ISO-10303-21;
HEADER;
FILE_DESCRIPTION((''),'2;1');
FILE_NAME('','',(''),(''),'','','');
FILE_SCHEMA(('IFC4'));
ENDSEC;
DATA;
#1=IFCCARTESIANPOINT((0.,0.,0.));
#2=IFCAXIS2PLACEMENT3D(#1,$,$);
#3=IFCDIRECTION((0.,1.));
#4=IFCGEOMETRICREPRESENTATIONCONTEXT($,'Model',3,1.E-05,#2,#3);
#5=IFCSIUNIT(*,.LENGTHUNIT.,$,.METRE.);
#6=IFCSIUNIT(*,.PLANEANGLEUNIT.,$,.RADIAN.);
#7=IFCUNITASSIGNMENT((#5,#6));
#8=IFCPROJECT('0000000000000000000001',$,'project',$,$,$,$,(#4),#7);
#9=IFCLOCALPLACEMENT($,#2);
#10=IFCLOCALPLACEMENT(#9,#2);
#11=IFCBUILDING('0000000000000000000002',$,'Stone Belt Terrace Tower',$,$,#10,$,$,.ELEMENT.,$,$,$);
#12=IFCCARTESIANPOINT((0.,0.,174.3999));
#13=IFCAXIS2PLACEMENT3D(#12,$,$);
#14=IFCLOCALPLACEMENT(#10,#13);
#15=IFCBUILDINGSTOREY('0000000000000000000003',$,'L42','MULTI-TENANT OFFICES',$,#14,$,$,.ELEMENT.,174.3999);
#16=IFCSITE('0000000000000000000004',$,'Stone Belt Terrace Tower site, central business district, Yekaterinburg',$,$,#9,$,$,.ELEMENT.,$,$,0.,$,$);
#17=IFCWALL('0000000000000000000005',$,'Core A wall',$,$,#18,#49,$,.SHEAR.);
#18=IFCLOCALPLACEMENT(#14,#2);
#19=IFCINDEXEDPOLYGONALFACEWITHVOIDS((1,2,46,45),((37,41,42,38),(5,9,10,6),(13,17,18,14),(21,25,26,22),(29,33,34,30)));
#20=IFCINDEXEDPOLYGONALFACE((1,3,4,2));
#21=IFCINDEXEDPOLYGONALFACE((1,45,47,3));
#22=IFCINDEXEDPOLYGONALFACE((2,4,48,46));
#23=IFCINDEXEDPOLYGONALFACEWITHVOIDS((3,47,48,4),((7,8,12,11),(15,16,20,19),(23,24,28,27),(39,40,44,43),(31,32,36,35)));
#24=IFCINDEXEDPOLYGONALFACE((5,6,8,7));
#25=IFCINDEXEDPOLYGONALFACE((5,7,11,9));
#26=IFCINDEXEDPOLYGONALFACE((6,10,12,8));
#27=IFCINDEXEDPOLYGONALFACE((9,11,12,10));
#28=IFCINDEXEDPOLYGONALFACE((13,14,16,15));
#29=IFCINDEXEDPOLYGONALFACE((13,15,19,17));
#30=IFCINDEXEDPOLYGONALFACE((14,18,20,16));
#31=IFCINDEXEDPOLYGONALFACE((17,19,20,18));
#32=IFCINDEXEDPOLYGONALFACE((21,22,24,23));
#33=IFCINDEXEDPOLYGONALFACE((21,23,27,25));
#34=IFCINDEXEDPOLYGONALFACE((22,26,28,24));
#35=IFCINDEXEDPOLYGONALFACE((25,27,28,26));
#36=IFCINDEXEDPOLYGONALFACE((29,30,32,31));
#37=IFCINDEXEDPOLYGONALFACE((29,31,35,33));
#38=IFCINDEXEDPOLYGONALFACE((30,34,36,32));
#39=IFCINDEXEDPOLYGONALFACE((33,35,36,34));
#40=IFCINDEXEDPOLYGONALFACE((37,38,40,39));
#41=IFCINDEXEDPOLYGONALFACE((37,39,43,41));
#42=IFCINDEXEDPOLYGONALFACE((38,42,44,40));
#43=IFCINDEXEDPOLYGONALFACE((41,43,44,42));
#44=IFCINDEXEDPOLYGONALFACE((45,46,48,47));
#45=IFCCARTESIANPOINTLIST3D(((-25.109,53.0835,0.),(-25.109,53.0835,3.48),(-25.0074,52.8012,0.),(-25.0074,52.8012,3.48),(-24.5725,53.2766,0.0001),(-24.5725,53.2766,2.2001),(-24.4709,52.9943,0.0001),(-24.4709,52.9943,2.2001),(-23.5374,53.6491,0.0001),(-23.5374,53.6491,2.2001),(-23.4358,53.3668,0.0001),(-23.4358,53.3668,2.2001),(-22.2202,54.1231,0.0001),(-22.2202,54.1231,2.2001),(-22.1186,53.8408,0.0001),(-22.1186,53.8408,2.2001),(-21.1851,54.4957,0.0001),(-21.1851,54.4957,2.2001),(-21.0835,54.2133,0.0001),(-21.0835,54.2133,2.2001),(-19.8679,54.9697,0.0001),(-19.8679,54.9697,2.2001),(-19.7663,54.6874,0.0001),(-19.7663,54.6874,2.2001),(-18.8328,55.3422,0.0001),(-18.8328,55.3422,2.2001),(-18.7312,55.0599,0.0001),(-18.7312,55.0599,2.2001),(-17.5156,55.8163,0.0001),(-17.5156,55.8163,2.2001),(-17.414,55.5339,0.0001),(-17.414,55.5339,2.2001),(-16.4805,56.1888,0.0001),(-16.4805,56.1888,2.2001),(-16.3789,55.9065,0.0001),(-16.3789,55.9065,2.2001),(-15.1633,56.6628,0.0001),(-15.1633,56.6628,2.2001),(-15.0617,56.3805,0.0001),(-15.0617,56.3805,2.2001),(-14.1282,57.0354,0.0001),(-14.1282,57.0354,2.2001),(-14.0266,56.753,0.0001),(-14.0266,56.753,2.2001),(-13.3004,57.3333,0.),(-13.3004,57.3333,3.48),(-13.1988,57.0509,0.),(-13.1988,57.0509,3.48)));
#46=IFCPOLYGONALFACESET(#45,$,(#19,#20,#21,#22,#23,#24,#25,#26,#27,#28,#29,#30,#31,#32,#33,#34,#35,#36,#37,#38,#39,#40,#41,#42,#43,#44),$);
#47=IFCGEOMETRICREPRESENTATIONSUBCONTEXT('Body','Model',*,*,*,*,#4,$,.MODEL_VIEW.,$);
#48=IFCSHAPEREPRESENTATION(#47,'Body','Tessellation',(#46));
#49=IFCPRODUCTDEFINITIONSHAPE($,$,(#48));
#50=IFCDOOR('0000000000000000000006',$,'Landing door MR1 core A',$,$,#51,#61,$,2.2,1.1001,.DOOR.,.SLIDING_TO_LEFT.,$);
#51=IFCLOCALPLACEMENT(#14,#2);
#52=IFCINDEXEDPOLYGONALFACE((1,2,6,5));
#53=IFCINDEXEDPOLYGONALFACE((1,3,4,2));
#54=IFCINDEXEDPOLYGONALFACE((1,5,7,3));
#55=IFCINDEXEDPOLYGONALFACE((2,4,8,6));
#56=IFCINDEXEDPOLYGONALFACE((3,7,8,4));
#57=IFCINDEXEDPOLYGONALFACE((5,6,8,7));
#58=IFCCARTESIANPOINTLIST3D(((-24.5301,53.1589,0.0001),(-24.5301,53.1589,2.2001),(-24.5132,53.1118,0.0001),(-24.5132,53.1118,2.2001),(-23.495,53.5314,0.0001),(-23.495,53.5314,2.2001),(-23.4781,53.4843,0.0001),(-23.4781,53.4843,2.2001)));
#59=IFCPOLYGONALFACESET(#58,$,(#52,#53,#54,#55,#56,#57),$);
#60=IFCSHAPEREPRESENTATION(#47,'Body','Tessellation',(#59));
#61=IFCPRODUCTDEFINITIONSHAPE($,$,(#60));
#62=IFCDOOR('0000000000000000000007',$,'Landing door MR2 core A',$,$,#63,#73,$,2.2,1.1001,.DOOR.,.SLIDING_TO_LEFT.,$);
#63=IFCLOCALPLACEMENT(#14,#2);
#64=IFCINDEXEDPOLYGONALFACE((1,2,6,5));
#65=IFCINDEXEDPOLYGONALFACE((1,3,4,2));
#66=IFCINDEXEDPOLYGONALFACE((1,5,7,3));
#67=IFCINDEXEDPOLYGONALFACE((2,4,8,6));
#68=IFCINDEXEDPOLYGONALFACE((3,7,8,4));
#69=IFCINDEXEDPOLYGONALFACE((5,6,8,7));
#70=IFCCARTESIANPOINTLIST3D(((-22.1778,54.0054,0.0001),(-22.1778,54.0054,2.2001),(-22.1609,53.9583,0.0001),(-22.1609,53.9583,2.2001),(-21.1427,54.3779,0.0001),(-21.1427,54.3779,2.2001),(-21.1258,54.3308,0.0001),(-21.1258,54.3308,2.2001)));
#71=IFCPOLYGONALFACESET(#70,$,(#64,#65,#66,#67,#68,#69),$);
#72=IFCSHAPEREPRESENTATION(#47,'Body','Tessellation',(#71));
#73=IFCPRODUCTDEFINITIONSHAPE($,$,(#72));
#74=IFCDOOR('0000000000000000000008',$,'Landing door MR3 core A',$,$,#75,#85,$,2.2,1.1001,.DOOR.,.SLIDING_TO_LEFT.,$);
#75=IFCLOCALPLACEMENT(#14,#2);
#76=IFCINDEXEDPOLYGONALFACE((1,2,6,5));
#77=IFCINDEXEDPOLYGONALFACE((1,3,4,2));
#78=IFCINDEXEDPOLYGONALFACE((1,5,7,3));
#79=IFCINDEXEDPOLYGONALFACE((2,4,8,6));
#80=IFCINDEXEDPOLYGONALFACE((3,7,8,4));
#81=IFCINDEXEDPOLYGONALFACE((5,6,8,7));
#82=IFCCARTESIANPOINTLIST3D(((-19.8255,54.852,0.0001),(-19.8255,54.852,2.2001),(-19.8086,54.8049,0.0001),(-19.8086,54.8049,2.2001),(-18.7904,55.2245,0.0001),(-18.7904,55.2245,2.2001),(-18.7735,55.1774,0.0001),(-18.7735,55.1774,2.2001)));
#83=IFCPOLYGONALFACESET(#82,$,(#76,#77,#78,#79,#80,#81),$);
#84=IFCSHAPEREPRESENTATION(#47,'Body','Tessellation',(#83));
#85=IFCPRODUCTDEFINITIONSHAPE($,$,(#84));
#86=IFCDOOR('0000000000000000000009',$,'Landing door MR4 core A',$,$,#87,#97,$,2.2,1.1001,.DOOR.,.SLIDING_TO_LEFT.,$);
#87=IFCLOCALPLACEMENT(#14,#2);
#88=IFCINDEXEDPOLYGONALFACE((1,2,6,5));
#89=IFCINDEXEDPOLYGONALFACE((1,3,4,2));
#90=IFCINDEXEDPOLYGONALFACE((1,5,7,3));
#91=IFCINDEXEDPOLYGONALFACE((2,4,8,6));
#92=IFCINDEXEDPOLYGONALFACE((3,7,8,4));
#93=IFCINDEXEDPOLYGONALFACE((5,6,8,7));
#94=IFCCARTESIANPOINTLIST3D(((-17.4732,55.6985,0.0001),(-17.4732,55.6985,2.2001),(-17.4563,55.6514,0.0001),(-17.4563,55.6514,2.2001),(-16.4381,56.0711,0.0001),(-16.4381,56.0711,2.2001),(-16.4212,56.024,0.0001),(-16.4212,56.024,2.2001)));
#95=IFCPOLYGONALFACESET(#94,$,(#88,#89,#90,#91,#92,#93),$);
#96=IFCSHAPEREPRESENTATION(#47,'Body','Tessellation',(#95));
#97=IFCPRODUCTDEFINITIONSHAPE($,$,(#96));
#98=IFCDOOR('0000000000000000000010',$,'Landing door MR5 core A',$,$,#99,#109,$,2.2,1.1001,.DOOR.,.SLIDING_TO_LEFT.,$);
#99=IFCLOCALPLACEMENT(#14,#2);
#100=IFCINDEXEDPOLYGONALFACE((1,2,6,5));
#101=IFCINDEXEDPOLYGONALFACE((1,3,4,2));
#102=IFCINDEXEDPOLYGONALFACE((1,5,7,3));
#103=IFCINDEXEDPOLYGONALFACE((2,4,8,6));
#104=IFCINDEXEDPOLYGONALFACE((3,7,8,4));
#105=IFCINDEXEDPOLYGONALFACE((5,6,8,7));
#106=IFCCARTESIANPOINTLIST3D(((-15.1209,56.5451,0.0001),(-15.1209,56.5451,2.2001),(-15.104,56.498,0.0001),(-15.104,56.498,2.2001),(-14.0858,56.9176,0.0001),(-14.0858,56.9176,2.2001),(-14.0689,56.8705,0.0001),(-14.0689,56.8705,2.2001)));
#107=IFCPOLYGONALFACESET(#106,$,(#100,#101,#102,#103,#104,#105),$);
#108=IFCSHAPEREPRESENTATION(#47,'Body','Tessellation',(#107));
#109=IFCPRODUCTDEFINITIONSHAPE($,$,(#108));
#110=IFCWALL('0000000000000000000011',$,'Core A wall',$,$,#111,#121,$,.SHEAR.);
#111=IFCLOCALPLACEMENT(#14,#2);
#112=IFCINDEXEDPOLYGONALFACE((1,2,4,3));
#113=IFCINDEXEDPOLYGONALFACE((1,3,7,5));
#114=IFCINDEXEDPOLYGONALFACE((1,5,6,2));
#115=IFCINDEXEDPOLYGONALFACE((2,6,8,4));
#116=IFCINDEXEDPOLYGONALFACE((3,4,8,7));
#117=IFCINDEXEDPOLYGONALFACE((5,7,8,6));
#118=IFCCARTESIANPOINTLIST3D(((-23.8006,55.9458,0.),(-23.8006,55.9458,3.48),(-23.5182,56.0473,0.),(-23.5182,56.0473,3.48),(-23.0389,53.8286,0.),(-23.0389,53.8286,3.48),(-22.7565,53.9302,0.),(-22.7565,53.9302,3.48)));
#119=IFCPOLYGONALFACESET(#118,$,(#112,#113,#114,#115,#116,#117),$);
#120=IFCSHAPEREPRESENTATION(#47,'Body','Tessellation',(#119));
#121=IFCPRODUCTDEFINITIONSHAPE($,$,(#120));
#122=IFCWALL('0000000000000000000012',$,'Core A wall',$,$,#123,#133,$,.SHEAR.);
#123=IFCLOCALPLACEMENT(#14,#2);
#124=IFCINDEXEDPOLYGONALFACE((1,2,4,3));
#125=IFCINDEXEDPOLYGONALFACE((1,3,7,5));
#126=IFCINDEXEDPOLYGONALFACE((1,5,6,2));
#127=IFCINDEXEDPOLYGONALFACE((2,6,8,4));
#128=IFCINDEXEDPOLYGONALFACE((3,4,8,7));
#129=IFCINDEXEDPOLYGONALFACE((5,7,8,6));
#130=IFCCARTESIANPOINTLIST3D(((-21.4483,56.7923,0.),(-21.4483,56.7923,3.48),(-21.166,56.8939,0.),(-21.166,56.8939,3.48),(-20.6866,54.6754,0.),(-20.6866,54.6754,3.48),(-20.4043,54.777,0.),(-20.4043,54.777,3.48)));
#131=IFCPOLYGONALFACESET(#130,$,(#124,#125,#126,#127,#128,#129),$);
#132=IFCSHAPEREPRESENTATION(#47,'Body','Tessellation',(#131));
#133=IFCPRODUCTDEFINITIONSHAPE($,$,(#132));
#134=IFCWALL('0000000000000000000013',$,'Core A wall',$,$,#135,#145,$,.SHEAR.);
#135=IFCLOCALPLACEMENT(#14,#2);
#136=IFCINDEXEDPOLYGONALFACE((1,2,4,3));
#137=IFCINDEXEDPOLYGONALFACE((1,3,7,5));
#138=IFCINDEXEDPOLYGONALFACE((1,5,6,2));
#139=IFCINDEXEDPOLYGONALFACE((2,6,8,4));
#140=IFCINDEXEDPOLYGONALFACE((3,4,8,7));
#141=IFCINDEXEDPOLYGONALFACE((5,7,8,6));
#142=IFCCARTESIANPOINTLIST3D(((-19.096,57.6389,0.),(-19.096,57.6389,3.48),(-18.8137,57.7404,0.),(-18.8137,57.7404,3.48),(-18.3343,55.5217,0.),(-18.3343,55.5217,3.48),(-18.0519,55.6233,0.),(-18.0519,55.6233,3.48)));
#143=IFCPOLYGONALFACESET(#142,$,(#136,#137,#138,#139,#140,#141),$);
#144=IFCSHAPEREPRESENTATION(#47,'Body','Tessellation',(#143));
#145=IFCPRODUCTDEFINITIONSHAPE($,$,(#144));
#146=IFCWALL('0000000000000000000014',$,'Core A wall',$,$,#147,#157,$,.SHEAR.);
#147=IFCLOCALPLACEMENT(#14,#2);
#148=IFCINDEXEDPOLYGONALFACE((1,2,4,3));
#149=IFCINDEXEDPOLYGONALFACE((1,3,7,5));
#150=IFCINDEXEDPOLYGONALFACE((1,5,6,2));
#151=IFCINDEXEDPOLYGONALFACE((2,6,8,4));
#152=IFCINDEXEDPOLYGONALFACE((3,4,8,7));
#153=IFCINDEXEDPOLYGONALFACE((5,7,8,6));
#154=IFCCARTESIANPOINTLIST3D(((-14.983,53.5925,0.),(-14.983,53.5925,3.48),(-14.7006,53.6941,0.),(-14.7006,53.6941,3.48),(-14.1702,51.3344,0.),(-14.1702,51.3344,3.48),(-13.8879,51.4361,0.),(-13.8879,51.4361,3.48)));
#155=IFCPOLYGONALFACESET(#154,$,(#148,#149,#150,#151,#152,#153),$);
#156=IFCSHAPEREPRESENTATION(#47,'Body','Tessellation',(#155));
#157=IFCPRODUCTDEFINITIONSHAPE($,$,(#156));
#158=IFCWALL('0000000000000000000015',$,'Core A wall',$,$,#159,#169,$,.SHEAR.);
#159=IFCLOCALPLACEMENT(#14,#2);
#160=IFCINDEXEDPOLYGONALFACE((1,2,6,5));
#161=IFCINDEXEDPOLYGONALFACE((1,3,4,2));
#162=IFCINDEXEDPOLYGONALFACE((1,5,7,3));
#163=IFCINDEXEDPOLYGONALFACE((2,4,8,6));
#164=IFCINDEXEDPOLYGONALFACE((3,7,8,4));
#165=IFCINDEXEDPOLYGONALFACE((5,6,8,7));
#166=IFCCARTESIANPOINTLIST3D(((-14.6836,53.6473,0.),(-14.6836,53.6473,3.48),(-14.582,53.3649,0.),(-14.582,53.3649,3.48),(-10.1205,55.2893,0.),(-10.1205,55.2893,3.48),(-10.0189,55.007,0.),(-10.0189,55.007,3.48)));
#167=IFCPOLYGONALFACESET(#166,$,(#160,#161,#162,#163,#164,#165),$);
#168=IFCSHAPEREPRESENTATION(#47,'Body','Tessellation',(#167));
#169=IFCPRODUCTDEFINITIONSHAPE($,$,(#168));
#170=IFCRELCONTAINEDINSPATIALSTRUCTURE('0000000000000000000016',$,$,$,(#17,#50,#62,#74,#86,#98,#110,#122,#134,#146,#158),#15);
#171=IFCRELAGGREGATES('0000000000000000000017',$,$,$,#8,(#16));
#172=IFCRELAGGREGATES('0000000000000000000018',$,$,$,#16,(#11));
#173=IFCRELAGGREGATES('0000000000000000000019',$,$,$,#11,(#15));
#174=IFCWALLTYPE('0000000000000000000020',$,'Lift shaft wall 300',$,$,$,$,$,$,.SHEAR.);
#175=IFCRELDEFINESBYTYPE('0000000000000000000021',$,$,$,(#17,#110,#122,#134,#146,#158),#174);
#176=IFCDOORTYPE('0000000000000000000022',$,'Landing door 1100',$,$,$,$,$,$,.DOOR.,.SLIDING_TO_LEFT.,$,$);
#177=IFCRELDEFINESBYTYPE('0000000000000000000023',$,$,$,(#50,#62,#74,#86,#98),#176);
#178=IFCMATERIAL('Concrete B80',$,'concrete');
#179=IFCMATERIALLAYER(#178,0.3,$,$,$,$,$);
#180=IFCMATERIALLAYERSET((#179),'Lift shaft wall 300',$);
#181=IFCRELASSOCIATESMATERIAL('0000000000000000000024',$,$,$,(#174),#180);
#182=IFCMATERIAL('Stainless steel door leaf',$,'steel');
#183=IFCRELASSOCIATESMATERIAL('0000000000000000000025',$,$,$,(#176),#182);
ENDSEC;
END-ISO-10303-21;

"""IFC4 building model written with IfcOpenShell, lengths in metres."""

from ifc_helpers import new_model, si_unit, direction, frame, frame_2d, origin, place, context, subcontext, project, spatial, rectangle, extrude, material, layer, layer_set, type_object, element, fill, save


model = new_model("IFC4")

# Units and contexts
model_context = context("Model", 3, precision=1e-05, world=origin(), true_north=direction((0.0, 1.0)))
body_context = subcontext(model_context, "Body", "Model", "MODEL_VIEW")
ifc_project = project(units=[si_unit("LENGTHUNIT", "METRE"), si_unit("PLANEANGLEUNIT", "RADIAN")], contexts=[model_context])

# Site, building, storey
site_placement = place(None, origin())
site = spatial("IfcSite", under=ifc_project, at=site_placement, Name="Stone Belt Terrace Tower site, central business district, Yekaterinburg", CompositionType="ELEMENT", RefElevation=0.0)
building_placement = place(site_placement, origin())
building = spatial("IfcBuilding", under=site, at=building_placement, Name="Stone Belt Terrace Tower", CompositionType="ELEMENT")
storey_placement = place(building_placement, frame((0.0, 0.0, 174.3999)))
storey = spatial("IfcBuildingStorey", under=building, at=storey_placement, Name="L42", Description="MULTI-TENANT OFFICES", CompositionType="ELEMENT", Elevation=174.3999)

# Shared definitions
ifc_material_1 = material(Name="Concrete B80", Category="concrete")

# Shared definitions
ifc_layer_1 = layer(ifc_material_1, 0.3)
ifc_layer_set_1 = layer_set([ifc_layer_1], Name="Lift shaft wall 300")
wall_type_1 = type_object("IfcWallType", Name="Lift shaft wall 300", PredefinedType="SHEAR", material=ifc_layer_set_1)

# Wall, openings, doors
wall_1_placement = place(storey_placement, frame((-25.0581, 52.9424, 0.0), z_axis=(0.0, 0.0, 1.0), x_axis=(0.940921, 0.338625, 0.0)))
wall_1 = element("IfcWall", 1, at=wall_1_placement, inside=storey, type_object=wall_type_1, Name="Core A wall", PredefinedType="SHEAR", context=body_context, shape_type="SweptSolid", body=[
    extrude(rectangle(XDim=12.55, YDim=0.3, at=frame_2d((6.2749, 0.0))), origin(), (0.0, 0.0, 1.0), 3.48),
])
opening_1_placement = place(wall_1_placement, frame((0.5701, 0.0, 0.0)))
opening_1 = element("IfcOpeningElement", 2, at=opening_1_placement, cuts=wall_1, PredefinedType="OPENING", context=body_context, shape_type="SweptSolid", body=[
    extrude(rectangle(XDim=1.1001, YDim=2.2, at=frame_2d((0.55, 1.1001))), frame((0.0, 0.1599, 0.0), z_axis=(0.0, -1.0, 0.0), x_axis=(1.0, 0.0, 0.0)), (0.0, 0.0, 1.0), 0.3201),
])
opening_2_placement = place(wall_1_placement, frame((3.0701, 0.0, 0.0)))
opening_2 = element("IfcOpeningElement", 3, at=opening_2_placement, cuts=wall_1, PredefinedType="OPENING", context=body_context, shape_type="SweptSolid", body=[
    extrude(rectangle(XDim=1.1001, YDim=2.2, at=frame_2d((0.55, 1.1001))), frame((0.0, 0.1599, 0.0), z_axis=(0.0, -1.0, 0.0), x_axis=(1.0, 0.0, 0.0)), (0.0, 0.0, 1.0), 0.3201),
])
opening_3_placement = place(wall_1_placement, frame((5.5701, 0.0, 0.0)))
opening_3 = element("IfcOpeningElement", 4, at=opening_3_placement, cuts=wall_1, PredefinedType="OPENING", context=body_context, shape_type="SweptSolid", body=[
    extrude(rectangle(XDim=1.1001, YDim=2.2, at=frame_2d((0.55, 1.1001))), frame((0.0, 0.1599, 0.0), z_axis=(0.0, -1.0, 0.0), x_axis=(1.0, 0.0, 0.0)), (0.0, 0.0, 1.0), 0.3201),
])
opening_4_placement = place(wall_1_placement, frame((8.0701, 0.0, 0.0)))
opening_4 = element("IfcOpeningElement", 5, at=opening_4_placement, cuts=wall_1, PredefinedType="OPENING", context=body_context, shape_type="SweptSolid", body=[
    extrude(rectangle(XDim=1.1001, YDim=2.2, at=frame_2d((0.55, 1.1001))), frame((0.0, 0.1599, 0.0), z_axis=(0.0, -1.0, 0.0), x_axis=(1.0, 0.0, 0.0)), (0.0, 0.0, 1.0), 0.3201),
])
opening_5_placement = place(wall_1_placement, frame((10.5701, 0.0, 0.0)))
opening_5 = element("IfcOpeningElement", 6, at=opening_5_placement, cuts=wall_1, PredefinedType="OPENING", context=body_context, shape_type="SweptSolid", body=[
    extrude(rectangle(XDim=1.1001, YDim=2.2, at=frame_2d((0.55, 1.1001))), frame((0.0, 0.1599, 0.0), z_axis=(0.0, -1.0, 0.0), x_axis=(1.0, 0.0, 0.0)), (0.0, 0.0, 1.0), 0.3201),
])
ifc_material_2 = material(Name="Stainless steel door leaf", Category="steel")
door_type_1 = type_object("IfcDoorType", Name="Landing door 1100", OperationType="SLIDING_TO_LEFT", PredefinedType="DOOR", material=ifc_material_2)
door_1_placement = place(opening_1_placement, origin())
door_1 = element("IfcDoor", 7, at=door_1_placement, inside=storey, type_object=door_type_1, Name="Landing door MR1 core A", OperationType="SLIDING_TO_LEFT", OverallHeight=2.2, OverallWidth=1.1001, PredefinedType="DOOR", context=body_context, shape_type="SweptSolid", body=[
    extrude(rectangle(XDim=1.1001, YDim=2.2, at=frame_2d((0.55, 1.1001))), frame((0.0, 0.0249, 0.0), z_axis=(0.0, -1.0, 0.0), x_axis=(1.0, 0.0, 0.0)), (0.0, 0.0, 1.0), 0.05),
])
fill(opening_1, door_1)
door_2_placement = place(opening_2_placement, origin())
door_2 = element("IfcDoor", 8, at=door_2_placement, inside=storey, type_object=door_type_1, Name="Landing door MR2 core A", OperationType="SLIDING_TO_LEFT", OverallHeight=2.2, OverallWidth=1.1001, PredefinedType="DOOR", context=body_context, shape_type="SweptSolid", body=[
    extrude(rectangle(XDim=1.1001, YDim=2.2, at=frame_2d((0.55, 1.1001))), frame((0.0, 0.0249, 0.0), z_axis=(0.0, -1.0, 0.0), x_axis=(1.0, 0.0, 0.0)), (0.0, 0.0, 1.0), 0.05),
])
fill(opening_2, door_2)
door_3_placement = place(opening_3_placement, origin())
door_3 = element("IfcDoor", 9, at=door_3_placement, inside=storey, type_object=door_type_1, Name="Landing door MR3 core A", OperationType="SLIDING_TO_LEFT", OverallHeight=2.2, OverallWidth=1.1001, PredefinedType="DOOR", context=body_context, shape_type="SweptSolid", body=[
    extrude(rectangle(XDim=1.1001, YDim=2.2, at=frame_2d((0.55, 1.1001))), frame((0.0, 0.0249, 0.0), z_axis=(0.0, -1.0, 0.0), x_axis=(1.0, 0.0, 0.0)), (0.0, 0.0, 1.0), 0.05),
])
fill(opening_3, door_3)
door_4_placement = place(opening_4_placement, origin())
door_4 = element("IfcDoor", 10, at=door_4_placement, inside=storey, type_object=door_type_1, Name="Landing door MR4 core A", OperationType="SLIDING_TO_LEFT", OverallHeight=2.2, OverallWidth=1.1001, PredefinedType="DOOR", context=body_context, shape_type="SweptSolid", body=[
    extrude(rectangle(XDim=1.1001, YDim=2.2, at=frame_2d((0.55, 1.1001))), frame((0.0, 0.0249, 0.0), z_axis=(0.0, -1.0, 0.0), x_axis=(1.0, 0.0, 0.0)), (0.0, 0.0, 1.0), 0.05),
])
fill(opening_4, door_4)
door_5_placement = place(opening_5_placement, origin())
door_5 = element("IfcDoor", 11, at=door_5_placement, inside=storey, type_object=door_type_1, Name="Landing door MR5 core A", OperationType="SLIDING_TO_LEFT", OverallHeight=2.2, OverallWidth=1.1001, PredefinedType="DOOR", context=body_context, shape_type="SweptSolid", body=[
    extrude(rectangle(XDim=1.1001, YDim=2.2, at=frame_2d((0.55, 1.1001))), frame((0.0, 0.0249, 0.0), z_axis=(0.0, -1.0, 0.0), x_axis=(1.0, 0.0, 0.0)), (0.0, 0.0, 1.0), 0.05),
])
fill(opening_5, door_5)

# Walls
wall_2_placement = place(storey_placement, frame((-22.8977, 53.8794, 0.0), z_axis=(0.0, 0.0, 1.0), x_axis=(-0.338535, 0.940954, 0.0)))
element("IfcWall", 12, at=wall_2_placement, inside=storey, type_object=wall_type_1, Name="Core A wall", PredefinedType="SHEAR", context=body_context, shape_type="SweptSolid", body=[
    extrude(rectangle(XDim=2.25, YDim=0.3, at=frame_2d((1.125, 0.0))), origin(), (0.0, 0.0, 1.0), 3.48),
])
wall_3_placement = place(storey_placement, frame((-20.5454, 54.7261, 0.0), z_axis=(0.0, 0.0, 1.0), x_axis=(-0.33857, 0.940941, 0.0)))
element("IfcWall", 13, at=wall_3_placement, inside=storey, type_object=wall_type_1, Name="Core A wall", PredefinedType="SHEAR", context=body_context, shape_type="SweptSolid", body=[
    extrude(rectangle(XDim=2.2498, YDim=0.3, at=frame_2d((1.125, 0.0))), origin(), (0.0, 0.0, 1.0), 3.48),
])
wall_4_placement = place(storey_placement, frame((-18.1931, 55.5725, 0.0), z_axis=(0.0, 0.0, 1.0), x_axis=(-0.338535, 0.940954, 0.0)))
element("IfcWall", 14, at=wall_4_placement, inside=storey, type_object=wall_type_1, Name="Core A wall", PredefinedType="SHEAR", context=body_context, shape_type="SweptSolid", body=[
    extrude(rectangle(XDim=2.25, YDim=0.3, at=frame_2d((1.125, 0.0))), origin(), (0.0, 0.0, 1.0), 3.48),
])
wall_5_placement = place(storey_placement, frame((-14.0291, 51.3853, 0.0), z_axis=(0.0, 0.0, 1.0), x_axis=(-0.338662, 0.940908, 0.0)))
element("IfcWall", 15, at=wall_5_placement, inside=storey, type_object=wall_type_1, Name="Core A wall", PredefinedType="SHEAR", context=body_context, shape_type="SweptSolid", body=[
    extrude(rectangle(XDim=2.3999, YDim=0.3, at=frame_2d((1.2, 0.0))), origin(), (0.0, 0.0, 1.0), 3.48),
])
wall_6_placement = place(storey_placement, frame((-14.6328, 53.5061, 0.0), z_axis=(0.0, 0.0, 1.0), x_axis=(0.940932, 0.338596, 0.0)))
element("IfcWall", 16, at=wall_6_placement, inside=storey, type_object=wall_type_1, Name="Core A wall", PredefinedType="SHEAR", context=body_context, shape_type="SweptSolid", body=[
    extrude(rectangle(XDim=4.8496, YDim=0.3, at=frame_2d((2.4248, 0.0))), origin(), (0.0, 0.0, 1.0), 3.48),
])

save(model, "model.ifc")
